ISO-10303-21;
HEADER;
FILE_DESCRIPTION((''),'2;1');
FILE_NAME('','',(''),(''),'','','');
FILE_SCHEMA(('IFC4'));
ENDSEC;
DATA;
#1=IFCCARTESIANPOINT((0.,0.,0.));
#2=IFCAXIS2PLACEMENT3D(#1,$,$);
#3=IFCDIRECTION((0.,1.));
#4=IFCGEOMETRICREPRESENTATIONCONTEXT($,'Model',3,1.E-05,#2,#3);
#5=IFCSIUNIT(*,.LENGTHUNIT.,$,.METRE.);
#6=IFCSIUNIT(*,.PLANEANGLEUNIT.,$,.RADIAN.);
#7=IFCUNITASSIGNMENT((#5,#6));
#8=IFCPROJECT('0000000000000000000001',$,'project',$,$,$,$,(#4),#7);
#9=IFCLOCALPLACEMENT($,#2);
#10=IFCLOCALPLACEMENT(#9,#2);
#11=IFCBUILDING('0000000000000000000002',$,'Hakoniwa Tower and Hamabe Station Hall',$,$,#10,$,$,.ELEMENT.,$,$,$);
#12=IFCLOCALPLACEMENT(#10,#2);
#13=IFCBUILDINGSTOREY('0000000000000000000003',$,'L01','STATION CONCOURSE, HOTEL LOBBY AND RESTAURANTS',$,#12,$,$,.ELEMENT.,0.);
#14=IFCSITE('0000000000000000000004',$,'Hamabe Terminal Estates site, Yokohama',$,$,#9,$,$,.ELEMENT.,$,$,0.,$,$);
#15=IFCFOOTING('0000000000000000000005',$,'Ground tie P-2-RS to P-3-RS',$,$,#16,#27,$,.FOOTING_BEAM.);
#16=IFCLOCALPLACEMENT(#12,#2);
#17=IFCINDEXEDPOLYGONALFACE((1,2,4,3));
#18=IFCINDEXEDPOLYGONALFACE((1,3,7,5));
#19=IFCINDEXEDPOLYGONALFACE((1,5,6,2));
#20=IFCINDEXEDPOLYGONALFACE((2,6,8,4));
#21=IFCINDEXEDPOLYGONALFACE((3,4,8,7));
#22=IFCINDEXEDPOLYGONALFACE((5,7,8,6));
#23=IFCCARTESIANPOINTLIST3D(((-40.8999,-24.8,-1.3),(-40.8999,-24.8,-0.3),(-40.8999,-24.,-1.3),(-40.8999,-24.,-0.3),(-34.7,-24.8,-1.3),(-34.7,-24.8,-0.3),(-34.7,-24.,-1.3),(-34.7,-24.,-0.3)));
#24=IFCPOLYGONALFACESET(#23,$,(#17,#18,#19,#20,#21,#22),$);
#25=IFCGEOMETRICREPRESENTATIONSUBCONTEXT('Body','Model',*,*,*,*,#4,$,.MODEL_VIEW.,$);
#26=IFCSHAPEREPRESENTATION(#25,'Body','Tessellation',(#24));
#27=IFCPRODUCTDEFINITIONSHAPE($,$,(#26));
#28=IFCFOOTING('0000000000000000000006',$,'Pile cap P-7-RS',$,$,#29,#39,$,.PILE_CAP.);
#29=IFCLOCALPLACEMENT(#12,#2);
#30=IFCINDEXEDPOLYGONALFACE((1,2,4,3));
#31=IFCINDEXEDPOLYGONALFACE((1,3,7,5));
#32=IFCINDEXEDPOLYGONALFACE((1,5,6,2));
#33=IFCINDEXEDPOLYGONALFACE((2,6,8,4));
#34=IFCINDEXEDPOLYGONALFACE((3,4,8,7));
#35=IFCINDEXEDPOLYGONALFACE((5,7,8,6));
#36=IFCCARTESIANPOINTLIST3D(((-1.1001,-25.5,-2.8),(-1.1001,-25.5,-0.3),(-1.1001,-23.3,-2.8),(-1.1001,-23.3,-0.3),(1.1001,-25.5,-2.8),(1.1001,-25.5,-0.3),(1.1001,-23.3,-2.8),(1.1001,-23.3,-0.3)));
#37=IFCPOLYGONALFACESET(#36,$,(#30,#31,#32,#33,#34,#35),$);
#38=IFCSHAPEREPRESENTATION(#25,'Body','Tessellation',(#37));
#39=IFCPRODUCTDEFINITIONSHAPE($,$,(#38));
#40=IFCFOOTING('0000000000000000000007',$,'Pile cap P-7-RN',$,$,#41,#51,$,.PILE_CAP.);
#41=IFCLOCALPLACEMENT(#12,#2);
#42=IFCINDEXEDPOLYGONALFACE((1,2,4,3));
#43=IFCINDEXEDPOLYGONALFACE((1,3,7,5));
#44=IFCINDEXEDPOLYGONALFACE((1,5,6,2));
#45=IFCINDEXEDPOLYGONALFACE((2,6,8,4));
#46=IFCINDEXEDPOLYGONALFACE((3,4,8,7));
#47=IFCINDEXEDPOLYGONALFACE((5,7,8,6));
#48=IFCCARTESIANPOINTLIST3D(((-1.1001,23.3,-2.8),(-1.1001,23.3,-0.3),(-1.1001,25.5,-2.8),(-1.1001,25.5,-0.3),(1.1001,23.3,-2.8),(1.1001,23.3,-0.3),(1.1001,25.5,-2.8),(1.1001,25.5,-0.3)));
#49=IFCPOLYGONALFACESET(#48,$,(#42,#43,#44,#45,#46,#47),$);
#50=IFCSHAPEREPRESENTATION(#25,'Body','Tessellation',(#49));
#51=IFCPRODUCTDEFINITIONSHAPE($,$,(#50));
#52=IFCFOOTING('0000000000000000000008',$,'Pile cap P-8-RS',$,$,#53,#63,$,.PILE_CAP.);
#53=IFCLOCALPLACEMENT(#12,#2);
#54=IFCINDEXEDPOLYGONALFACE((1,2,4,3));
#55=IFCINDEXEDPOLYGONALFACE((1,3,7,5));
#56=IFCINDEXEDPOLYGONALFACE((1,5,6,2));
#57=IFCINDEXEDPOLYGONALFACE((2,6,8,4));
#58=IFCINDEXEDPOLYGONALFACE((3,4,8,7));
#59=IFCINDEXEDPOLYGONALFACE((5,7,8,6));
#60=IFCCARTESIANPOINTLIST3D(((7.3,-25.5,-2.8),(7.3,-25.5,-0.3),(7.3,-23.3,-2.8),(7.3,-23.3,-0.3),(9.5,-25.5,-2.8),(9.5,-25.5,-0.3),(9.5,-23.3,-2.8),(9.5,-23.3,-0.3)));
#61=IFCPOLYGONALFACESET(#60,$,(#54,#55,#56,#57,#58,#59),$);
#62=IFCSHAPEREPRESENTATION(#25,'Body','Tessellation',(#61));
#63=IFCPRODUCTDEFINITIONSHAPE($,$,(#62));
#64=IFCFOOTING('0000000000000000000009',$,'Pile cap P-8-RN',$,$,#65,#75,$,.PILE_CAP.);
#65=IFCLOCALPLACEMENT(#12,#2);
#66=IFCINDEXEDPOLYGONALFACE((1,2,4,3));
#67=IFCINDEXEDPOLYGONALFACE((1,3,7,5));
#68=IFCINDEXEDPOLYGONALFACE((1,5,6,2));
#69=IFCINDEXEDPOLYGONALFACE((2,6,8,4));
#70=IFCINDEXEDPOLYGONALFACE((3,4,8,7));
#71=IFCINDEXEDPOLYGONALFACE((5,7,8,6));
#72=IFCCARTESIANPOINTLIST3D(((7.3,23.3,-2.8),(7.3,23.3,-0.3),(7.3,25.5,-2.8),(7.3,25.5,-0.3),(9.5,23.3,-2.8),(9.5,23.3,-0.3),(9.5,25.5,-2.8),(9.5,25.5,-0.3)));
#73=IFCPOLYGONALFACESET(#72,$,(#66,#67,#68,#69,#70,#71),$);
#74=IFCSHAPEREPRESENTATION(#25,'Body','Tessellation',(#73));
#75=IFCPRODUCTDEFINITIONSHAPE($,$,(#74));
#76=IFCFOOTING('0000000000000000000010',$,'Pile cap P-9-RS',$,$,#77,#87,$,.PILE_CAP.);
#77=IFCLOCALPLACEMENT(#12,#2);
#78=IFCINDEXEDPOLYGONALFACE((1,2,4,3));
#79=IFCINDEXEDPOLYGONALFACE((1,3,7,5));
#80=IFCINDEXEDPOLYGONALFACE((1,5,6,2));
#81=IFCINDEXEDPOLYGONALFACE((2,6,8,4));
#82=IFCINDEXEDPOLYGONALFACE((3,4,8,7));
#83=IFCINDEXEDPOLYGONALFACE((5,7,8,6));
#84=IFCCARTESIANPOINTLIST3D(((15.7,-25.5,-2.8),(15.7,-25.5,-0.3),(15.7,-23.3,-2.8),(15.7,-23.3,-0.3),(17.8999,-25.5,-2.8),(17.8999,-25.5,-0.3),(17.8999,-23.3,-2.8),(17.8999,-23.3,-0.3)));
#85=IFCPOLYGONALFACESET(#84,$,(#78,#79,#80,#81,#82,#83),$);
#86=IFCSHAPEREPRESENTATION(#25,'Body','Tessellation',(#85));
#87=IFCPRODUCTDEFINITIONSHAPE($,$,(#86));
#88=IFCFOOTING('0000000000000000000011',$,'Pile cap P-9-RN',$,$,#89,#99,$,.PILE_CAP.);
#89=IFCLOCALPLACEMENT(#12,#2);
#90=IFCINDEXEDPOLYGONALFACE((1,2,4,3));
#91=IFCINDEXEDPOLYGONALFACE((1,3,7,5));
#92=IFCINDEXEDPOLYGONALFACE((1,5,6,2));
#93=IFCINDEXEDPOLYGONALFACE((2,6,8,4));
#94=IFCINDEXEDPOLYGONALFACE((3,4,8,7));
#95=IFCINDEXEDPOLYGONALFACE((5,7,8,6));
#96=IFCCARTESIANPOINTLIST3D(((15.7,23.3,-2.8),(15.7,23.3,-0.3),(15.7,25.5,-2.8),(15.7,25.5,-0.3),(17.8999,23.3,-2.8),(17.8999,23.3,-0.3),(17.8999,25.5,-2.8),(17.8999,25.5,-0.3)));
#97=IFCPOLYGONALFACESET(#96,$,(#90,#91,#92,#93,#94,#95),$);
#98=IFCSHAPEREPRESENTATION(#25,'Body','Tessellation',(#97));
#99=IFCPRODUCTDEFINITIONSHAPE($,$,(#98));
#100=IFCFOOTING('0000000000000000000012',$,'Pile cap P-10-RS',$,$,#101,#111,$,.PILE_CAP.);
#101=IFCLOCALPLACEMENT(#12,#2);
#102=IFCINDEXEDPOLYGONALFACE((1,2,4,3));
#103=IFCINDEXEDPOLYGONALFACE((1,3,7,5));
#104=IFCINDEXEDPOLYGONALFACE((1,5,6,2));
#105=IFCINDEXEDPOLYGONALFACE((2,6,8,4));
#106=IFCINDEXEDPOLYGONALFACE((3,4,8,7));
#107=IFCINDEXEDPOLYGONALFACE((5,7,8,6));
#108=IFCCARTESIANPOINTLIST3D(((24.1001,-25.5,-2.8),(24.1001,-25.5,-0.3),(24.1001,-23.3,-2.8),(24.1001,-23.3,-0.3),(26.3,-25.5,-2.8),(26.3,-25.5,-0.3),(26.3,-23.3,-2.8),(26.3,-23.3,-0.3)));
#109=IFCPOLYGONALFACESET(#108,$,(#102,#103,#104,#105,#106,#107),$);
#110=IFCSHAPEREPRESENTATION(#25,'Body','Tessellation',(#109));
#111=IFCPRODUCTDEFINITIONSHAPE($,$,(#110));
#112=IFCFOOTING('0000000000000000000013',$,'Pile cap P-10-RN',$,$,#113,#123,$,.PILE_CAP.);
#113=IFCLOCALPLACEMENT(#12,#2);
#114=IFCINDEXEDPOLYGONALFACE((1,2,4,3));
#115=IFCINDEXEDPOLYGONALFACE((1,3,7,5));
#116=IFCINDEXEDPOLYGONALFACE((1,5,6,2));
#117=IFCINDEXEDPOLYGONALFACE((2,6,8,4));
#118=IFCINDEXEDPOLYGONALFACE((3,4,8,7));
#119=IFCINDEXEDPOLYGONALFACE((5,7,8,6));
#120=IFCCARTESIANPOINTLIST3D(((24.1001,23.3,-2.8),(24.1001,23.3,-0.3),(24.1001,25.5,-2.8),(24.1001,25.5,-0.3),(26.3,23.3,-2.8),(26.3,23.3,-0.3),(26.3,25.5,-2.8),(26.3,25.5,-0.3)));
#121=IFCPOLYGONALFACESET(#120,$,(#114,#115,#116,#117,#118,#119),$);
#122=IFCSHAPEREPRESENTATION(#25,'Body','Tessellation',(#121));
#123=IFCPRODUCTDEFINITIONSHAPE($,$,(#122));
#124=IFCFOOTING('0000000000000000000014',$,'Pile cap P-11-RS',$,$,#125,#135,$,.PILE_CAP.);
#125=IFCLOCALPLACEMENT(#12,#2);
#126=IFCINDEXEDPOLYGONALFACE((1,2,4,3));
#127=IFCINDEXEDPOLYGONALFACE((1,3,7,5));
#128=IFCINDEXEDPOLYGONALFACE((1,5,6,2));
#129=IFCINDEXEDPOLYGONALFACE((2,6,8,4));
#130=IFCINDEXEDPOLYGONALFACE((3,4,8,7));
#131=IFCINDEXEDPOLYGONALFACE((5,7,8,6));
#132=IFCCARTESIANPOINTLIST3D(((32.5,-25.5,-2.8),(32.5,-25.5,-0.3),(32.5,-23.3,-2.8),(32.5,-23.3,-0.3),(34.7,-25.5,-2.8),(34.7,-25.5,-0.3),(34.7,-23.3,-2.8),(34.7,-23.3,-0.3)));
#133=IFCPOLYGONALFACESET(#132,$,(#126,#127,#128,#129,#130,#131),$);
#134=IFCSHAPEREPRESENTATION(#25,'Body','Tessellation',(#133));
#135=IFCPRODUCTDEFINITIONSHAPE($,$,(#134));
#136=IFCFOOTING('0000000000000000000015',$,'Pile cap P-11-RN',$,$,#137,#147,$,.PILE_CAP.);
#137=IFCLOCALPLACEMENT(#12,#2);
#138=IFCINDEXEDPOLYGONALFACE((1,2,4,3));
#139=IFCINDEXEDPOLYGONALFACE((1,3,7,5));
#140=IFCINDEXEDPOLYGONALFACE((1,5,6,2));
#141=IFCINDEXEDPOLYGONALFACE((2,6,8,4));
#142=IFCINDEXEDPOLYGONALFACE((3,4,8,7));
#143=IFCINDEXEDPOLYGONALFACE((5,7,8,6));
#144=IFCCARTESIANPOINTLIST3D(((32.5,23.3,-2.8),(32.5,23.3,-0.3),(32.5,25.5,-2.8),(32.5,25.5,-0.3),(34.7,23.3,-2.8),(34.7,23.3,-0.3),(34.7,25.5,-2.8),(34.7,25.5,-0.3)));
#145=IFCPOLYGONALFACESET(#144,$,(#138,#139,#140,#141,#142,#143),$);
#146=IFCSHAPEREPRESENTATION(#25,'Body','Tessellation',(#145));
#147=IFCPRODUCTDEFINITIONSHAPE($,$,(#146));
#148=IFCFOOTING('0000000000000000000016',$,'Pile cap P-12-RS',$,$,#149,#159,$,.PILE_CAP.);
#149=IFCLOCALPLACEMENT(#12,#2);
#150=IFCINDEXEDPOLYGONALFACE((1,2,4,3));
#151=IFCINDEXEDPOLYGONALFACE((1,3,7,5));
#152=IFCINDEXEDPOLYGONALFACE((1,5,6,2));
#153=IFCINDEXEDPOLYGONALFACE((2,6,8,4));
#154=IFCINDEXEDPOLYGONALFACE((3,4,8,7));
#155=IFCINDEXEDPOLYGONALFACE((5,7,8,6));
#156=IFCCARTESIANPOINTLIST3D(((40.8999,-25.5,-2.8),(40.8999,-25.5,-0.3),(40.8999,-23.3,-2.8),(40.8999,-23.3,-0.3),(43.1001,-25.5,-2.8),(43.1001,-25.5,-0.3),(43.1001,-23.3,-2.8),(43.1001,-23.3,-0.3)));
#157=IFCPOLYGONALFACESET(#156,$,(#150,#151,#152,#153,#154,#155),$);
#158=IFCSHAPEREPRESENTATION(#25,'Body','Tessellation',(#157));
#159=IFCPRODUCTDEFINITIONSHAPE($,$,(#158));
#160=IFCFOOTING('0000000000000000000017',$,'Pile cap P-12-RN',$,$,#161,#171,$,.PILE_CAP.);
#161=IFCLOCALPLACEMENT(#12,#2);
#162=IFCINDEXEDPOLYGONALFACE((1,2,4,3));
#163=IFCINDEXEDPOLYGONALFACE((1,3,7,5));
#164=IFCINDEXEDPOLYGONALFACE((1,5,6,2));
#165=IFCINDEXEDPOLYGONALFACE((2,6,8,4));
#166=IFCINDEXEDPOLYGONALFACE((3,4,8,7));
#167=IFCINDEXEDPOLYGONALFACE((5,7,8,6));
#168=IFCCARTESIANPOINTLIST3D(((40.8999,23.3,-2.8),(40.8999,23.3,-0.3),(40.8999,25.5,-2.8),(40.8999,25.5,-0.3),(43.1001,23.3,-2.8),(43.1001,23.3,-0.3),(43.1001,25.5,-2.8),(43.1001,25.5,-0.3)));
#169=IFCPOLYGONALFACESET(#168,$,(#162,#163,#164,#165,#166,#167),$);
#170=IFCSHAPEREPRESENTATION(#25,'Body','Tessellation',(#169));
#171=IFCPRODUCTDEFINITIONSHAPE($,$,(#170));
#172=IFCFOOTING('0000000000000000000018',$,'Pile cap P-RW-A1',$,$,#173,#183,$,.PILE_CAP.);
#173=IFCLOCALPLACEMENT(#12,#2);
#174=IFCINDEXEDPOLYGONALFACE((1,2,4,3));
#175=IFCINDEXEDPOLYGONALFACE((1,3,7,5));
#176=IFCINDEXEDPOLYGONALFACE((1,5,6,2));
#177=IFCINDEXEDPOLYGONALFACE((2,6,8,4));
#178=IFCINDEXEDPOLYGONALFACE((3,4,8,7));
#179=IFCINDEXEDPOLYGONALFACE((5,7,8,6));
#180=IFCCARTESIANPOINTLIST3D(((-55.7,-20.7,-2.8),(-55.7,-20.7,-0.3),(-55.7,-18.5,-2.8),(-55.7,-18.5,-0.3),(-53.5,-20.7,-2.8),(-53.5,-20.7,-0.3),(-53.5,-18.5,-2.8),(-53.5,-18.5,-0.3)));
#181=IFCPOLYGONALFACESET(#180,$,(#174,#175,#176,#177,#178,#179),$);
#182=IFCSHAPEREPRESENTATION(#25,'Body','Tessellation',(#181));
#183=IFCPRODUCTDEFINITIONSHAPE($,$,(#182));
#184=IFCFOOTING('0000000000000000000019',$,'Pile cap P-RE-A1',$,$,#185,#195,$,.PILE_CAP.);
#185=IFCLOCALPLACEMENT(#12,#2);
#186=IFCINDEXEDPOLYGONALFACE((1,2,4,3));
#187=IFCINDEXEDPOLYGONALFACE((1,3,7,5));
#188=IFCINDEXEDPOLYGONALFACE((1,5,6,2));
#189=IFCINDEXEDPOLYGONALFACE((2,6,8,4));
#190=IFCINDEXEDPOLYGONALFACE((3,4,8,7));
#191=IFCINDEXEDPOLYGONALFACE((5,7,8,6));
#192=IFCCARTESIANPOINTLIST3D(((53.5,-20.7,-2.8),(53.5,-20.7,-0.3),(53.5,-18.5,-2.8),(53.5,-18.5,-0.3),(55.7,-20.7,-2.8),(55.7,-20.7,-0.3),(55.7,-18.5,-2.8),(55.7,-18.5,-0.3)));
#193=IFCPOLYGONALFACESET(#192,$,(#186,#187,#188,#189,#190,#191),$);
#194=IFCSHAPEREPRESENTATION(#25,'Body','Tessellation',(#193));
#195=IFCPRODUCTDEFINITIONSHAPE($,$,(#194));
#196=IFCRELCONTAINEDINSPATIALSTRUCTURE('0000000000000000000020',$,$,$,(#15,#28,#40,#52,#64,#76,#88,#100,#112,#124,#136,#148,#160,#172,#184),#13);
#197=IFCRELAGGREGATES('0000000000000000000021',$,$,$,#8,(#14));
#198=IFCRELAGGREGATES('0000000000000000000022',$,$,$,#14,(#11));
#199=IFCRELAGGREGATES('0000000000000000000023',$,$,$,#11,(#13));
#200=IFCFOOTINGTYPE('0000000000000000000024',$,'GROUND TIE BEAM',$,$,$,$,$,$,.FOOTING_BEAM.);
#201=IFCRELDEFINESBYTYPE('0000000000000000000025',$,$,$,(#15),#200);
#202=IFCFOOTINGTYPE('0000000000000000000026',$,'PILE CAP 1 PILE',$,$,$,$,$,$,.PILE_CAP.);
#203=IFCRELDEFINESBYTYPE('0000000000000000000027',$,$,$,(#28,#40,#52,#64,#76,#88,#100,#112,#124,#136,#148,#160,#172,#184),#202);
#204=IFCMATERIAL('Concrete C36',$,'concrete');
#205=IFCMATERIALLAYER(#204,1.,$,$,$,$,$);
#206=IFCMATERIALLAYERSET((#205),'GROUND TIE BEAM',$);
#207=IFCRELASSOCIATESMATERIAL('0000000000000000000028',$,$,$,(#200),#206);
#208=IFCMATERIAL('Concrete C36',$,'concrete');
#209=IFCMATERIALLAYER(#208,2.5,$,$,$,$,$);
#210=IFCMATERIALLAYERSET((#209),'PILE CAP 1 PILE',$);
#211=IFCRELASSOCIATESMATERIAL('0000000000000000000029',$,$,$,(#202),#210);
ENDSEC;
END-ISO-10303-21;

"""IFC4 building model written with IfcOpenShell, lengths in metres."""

from ifc_helpers import new_model, si_unit, direction, frame, origin, place, context, subcontext, project, spatial, polyline, outline, extrude, material, layer, layer_set, type_object, element, save


model = new_model("IFC4")

# Units and contexts
model_context = context("Model", 3, precision=1e-05, world=origin(), true_north=direction((0.0, 1.0)))
body_context = subcontext(model_context, "Body", "Model", "MODEL_VIEW")
ifc_project = project(units=[si_unit("LENGTHUNIT", "METRE"), si_unit("PLANEANGLEUNIT", "RADIAN")], contexts=[model_context])

# Site, building, storey
site_placement = place(None, origin())
site = spatial("IfcSite", under=ifc_project, at=site_placement, Name="Hamabe Terminal Estates site, Yokohama", CompositionType="ELEMENT", RefElevation=0.0)
building_placement = place(site_placement, origin())
building = spatial("IfcBuilding", under=site, at=building_placement, Name="Hakoniwa Tower and Hamabe Station Hall", CompositionType="ELEMENT")
storey_placement = place(building_placement, origin())
storey = spatial("IfcBuildingStorey", under=building, at=storey_placement, Name="L01", Description="STATION CONCOURSE, HOTEL LOBBY AND RESTAURANTS", CompositionType="ELEMENT", Elevation=0.0)

# Footings
ifc_material_1 = material(Name="Concrete C36", Category="concrete")
ifc_layer_1 = layer(ifc_material_1, 1.0)
ifc_layer_set_1 = layer_set([ifc_layer_1], Name="GROUND TIE BEAM")
footing_type_1 = type_object("IfcFootingType", Name="GROUND TIE BEAM", PredefinedType="FOOTING_BEAM", material=ifc_layer_set_1)
footing_1_placement = place(storey_placement, frame((0.0, 0.0, -1.3)))
element("IfcFooting", 1, at=footing_1_placement, inside=storey, type_object=footing_type_1, Name="Ground tie P-2-RS to P-3-RS", PredefinedType="FOOTING_BEAM", context=body_context, shape_type="SweptSolid", body=[
    extrude(outline(polyline([(-40.8999, -24.0), (-40.8999, -24.8), (-34.7, -24.8), (-34.7, -24.0), (-40.8999, -24.0)])), origin(), (0.0, 0.0, 1.0), 1.0),
])
ifc_material_2 = material(Name="Concrete C36", Category="concrete")
ifc_layer_2 = layer(ifc_material_2, 2.5)
ifc_layer_set_2 = layer_set([ifc_layer_2], Name="PILE CAP 1 PILE")
footing_type_2 = type_object("IfcFootingType", Name="PILE CAP 1 PILE", PredefinedType="PILE_CAP", material=ifc_layer_set_2)
footing_2_placement = place(storey_placement, frame((0.0, 0.0, -2.8)))
element("IfcFooting", 2, at=footing_2_placement, inside=storey, type_object=footing_type_2, Name="Pile cap P-7-RS", PredefinedType="PILE_CAP", context=body_context, shape_type="SweptSolid", body=[
    extrude(outline(polyline([(1.1001, -25.5), (1.1001, -23.3), (-1.1001, -23.3), (-1.1001, -25.5), (1.1001, -25.5)])), origin(), (0.0, 0.0, 1.0), 2.5),
])
footing_3_placement = place(storey_placement, frame((0.0, 0.0, -2.8)))
element("IfcFooting", 3, at=footing_3_placement, inside=storey, type_object=footing_type_2, Name="Pile cap P-7-RN", PredefinedType="PILE_CAP", context=body_context, shape_type="SweptSolid", body=[
    extrude(outline(polyline([(1.1001, 23.3), (1.1001, 25.5), (-1.1001, 25.5), (-1.1001, 23.3), (1.1001, 23.3)])), origin(), (0.0, 0.0, 1.0), 2.5),
])
footing_4_placement = place(storey_placement, frame((0.0, 0.0, -2.8)))
element("IfcFooting", 4, at=footing_4_placement, inside=storey, type_object=footing_type_2, Name="Pile cap P-8-RS", PredefinedType="PILE_CAP", context=body_context, shape_type="SweptSolid", body=[
    extrude(outline(polyline([(9.5, -25.5), (9.5, -23.3), (7.3, -23.3), (7.3, -25.5), (9.5, -25.5)])), origin(), (0.0, 0.0, 1.0), 2.5),
])
footing_5_placement = place(storey_placement, frame((0.0, 0.0, -2.8)))
element("IfcFooting", 5, at=footing_5_placement, inside=storey, type_object=footing_type_2, Name="Pile cap P-8-RN", PredefinedType="PILE_CAP", context=body_context, shape_type="SweptSolid", body=[
    extrude(outline(polyline([(9.5, 23.3), (9.5, 25.5), (7.3, 25.5), (7.3, 23.3), (9.5, 23.3)])), origin(), (0.0, 0.0, 1.0), 2.5),
])
footing_6_placement = place(storey_placement, frame((0.0, 0.0, -2.8)))
element("IfcFooting", 6, at=footing_6_placement, inside=storey, type_object=footing_type_2, Name="Pile cap P-9-RS", PredefinedType="PILE_CAP", context=body_context, shape_type="SweptSolid", body=[
    extrude(outline(polyline([(17.8999, -25.5), (17.8999, -23.3), (15.7, -23.3), (15.7, -25.5), (17.8999, -25.5)])), origin(), (0.0, 0.0, 1.0), 2.5),
])
footing_7_placement = place(storey_placement, frame((0.0, 0.0, -2.8)))
element("IfcFooting", 7, at=footing_7_placement, inside=storey, type_object=footing_type_2, Name="Pile cap P-9-RN", PredefinedType="PILE_CAP", context=body_context, shape_type="SweptSolid", body=[
    extrude(outline(polyline([(17.8999, 23.3), (17.8999, 25.5), (15.7, 25.5), (15.7, 23.3), (17.8999, 23.3)])), origin(), (0.0, 0.0, 1.0), 2.5),
])
footing_8_placement = place(storey_placement, frame((0.0, 0.0, -2.8)))
element("IfcFooting", 8, at=footing_8_placement, inside=storey, type_object=footing_type_2, Name="Pile cap P-10-RS", PredefinedType="PILE_CAP", context=body_context, shape_type="SweptSolid", body=[
    extrude(outline(polyline([(26.3, -25.5), (26.3, -23.3), (24.1001, -23.3), (24.1001, -25.5), (26.3, -25.5)])), origin(), (0.0, 0.0, 1.0), 2.5),
])
footing_9_placement = place(storey_placement, frame((0.0, 0.0, -2.8)))
element("IfcFooting", 9, at=footing_9_placement, inside=storey, type_object=footing_type_2, Name="Pile cap P-10-RN", PredefinedType="PILE_CAP", context=body_context, shape_type="SweptSolid", body=[
    extrude(outline(polyline([(26.3, 23.3), (26.3, 25.5), (24.1001, 25.5), (24.1001, 23.3), (26.3, 23.3)])), origin(), (0.0, 0.0, 1.0), 2.5),
])
footing_10_placement = place(storey_placement, frame((0.0, 0.0, -2.8)))
element("IfcFooting", 10, at=footing_10_placement, inside=storey, type_object=footing_type_2, Name="Pile cap P-11-RS", PredefinedType="PILE_CAP", context=body_context, shape_type="SweptSolid", body=[
    extrude(outline(polyline([(34.7, -25.5), (34.7, -23.3), (32.5, -23.3), (32.5, -25.5), (34.7, -25.5)])), origin(), (0.0, 0.0, 1.0), 2.5),
])
footing_11_placement = place(storey_placement, frame((0.0, 0.0, -2.8)))
element("IfcFooting", 11, at=footing_11_placement, inside=storey, type_object=footing_type_2, Name="Pile cap P-11-RN", PredefinedType="PILE_CAP", context=body_context, shape_type="SweptSolid", body=[
    extrude(outline(polyline([(34.7, 23.3), (34.7, 25.5), (32.5, 25.5), (32.5, 23.3), (34.7, 23.3)])), origin(), (0.0, 0.0, 1.0), 2.5),
])
footing_12_placement = place(storey_placement, frame((0.0, 0.0, -2.8)))
element("IfcFooting", 12, at=footing_12_placement, inside=storey, type_object=footing_type_2, Name="Pile cap P-12-RS", PredefinedType="PILE_CAP", context=body_context, shape_type="SweptSolid", body=[
    extrude(outline(polyline([(43.1001, -25.5), (43.1001, -23.3), (40.8999, -23.3), (40.8999, -25.5), (43.1001, -25.5)])), origin(), (0.0, 0.0, 1.0), 2.5),
])
footing_13_placement = place(storey_placement, frame((0.0, 0.0, -2.8)))
element("IfcFooting", 13, at=footing_13_placement, inside=storey, type_object=footing_type_2, Name="Pile cap P-12-RN", PredefinedType="PILE_CAP", context=body_context, shape_type="SweptSolid", body=[
    extrude(outline(polyline([(43.1001, 23.3), (43.1001, 25.5), (40.8999, 25.5), (40.8999, 23.3), (43.1001, 23.3)])), origin(), (0.0, 0.0, 1.0), 2.5),
])
footing_14_placement = place(storey_placement, frame((0.0, 0.0, -2.8)))
element("IfcFooting", 14, at=footing_14_placement, inside=storey, type_object=footing_type_2, Name="Pile cap P-RW-A1", PredefinedType="PILE_CAP", context=body_context, shape_type="SweptSolid", body=[
    extrude(outline(polyline([(-53.5, -20.7), (-53.5, -18.5), (-55.7, -18.5), (-55.7, -20.7), (-53.5, -20.7)])), origin(), (0.0, 0.0, 1.0), 2.5),
])
footing_15_placement = place(storey_placement, frame((0.0, 0.0, -2.8)))
element("IfcFooting", 15, at=footing_15_placement, inside=storey, type_object=footing_type_2, Name="Pile cap P-RE-A1", PredefinedType="PILE_CAP", context=body_context, shape_type="SweptSolid", body=[
    extrude(outline(polyline([(55.7, -20.7), (55.7, -18.5), (53.5, -18.5), (53.5, -20.7), (55.7, -20.7)])), origin(), (0.0, 0.0, 1.0), 2.5),
])

save(model, "model.ifc")
